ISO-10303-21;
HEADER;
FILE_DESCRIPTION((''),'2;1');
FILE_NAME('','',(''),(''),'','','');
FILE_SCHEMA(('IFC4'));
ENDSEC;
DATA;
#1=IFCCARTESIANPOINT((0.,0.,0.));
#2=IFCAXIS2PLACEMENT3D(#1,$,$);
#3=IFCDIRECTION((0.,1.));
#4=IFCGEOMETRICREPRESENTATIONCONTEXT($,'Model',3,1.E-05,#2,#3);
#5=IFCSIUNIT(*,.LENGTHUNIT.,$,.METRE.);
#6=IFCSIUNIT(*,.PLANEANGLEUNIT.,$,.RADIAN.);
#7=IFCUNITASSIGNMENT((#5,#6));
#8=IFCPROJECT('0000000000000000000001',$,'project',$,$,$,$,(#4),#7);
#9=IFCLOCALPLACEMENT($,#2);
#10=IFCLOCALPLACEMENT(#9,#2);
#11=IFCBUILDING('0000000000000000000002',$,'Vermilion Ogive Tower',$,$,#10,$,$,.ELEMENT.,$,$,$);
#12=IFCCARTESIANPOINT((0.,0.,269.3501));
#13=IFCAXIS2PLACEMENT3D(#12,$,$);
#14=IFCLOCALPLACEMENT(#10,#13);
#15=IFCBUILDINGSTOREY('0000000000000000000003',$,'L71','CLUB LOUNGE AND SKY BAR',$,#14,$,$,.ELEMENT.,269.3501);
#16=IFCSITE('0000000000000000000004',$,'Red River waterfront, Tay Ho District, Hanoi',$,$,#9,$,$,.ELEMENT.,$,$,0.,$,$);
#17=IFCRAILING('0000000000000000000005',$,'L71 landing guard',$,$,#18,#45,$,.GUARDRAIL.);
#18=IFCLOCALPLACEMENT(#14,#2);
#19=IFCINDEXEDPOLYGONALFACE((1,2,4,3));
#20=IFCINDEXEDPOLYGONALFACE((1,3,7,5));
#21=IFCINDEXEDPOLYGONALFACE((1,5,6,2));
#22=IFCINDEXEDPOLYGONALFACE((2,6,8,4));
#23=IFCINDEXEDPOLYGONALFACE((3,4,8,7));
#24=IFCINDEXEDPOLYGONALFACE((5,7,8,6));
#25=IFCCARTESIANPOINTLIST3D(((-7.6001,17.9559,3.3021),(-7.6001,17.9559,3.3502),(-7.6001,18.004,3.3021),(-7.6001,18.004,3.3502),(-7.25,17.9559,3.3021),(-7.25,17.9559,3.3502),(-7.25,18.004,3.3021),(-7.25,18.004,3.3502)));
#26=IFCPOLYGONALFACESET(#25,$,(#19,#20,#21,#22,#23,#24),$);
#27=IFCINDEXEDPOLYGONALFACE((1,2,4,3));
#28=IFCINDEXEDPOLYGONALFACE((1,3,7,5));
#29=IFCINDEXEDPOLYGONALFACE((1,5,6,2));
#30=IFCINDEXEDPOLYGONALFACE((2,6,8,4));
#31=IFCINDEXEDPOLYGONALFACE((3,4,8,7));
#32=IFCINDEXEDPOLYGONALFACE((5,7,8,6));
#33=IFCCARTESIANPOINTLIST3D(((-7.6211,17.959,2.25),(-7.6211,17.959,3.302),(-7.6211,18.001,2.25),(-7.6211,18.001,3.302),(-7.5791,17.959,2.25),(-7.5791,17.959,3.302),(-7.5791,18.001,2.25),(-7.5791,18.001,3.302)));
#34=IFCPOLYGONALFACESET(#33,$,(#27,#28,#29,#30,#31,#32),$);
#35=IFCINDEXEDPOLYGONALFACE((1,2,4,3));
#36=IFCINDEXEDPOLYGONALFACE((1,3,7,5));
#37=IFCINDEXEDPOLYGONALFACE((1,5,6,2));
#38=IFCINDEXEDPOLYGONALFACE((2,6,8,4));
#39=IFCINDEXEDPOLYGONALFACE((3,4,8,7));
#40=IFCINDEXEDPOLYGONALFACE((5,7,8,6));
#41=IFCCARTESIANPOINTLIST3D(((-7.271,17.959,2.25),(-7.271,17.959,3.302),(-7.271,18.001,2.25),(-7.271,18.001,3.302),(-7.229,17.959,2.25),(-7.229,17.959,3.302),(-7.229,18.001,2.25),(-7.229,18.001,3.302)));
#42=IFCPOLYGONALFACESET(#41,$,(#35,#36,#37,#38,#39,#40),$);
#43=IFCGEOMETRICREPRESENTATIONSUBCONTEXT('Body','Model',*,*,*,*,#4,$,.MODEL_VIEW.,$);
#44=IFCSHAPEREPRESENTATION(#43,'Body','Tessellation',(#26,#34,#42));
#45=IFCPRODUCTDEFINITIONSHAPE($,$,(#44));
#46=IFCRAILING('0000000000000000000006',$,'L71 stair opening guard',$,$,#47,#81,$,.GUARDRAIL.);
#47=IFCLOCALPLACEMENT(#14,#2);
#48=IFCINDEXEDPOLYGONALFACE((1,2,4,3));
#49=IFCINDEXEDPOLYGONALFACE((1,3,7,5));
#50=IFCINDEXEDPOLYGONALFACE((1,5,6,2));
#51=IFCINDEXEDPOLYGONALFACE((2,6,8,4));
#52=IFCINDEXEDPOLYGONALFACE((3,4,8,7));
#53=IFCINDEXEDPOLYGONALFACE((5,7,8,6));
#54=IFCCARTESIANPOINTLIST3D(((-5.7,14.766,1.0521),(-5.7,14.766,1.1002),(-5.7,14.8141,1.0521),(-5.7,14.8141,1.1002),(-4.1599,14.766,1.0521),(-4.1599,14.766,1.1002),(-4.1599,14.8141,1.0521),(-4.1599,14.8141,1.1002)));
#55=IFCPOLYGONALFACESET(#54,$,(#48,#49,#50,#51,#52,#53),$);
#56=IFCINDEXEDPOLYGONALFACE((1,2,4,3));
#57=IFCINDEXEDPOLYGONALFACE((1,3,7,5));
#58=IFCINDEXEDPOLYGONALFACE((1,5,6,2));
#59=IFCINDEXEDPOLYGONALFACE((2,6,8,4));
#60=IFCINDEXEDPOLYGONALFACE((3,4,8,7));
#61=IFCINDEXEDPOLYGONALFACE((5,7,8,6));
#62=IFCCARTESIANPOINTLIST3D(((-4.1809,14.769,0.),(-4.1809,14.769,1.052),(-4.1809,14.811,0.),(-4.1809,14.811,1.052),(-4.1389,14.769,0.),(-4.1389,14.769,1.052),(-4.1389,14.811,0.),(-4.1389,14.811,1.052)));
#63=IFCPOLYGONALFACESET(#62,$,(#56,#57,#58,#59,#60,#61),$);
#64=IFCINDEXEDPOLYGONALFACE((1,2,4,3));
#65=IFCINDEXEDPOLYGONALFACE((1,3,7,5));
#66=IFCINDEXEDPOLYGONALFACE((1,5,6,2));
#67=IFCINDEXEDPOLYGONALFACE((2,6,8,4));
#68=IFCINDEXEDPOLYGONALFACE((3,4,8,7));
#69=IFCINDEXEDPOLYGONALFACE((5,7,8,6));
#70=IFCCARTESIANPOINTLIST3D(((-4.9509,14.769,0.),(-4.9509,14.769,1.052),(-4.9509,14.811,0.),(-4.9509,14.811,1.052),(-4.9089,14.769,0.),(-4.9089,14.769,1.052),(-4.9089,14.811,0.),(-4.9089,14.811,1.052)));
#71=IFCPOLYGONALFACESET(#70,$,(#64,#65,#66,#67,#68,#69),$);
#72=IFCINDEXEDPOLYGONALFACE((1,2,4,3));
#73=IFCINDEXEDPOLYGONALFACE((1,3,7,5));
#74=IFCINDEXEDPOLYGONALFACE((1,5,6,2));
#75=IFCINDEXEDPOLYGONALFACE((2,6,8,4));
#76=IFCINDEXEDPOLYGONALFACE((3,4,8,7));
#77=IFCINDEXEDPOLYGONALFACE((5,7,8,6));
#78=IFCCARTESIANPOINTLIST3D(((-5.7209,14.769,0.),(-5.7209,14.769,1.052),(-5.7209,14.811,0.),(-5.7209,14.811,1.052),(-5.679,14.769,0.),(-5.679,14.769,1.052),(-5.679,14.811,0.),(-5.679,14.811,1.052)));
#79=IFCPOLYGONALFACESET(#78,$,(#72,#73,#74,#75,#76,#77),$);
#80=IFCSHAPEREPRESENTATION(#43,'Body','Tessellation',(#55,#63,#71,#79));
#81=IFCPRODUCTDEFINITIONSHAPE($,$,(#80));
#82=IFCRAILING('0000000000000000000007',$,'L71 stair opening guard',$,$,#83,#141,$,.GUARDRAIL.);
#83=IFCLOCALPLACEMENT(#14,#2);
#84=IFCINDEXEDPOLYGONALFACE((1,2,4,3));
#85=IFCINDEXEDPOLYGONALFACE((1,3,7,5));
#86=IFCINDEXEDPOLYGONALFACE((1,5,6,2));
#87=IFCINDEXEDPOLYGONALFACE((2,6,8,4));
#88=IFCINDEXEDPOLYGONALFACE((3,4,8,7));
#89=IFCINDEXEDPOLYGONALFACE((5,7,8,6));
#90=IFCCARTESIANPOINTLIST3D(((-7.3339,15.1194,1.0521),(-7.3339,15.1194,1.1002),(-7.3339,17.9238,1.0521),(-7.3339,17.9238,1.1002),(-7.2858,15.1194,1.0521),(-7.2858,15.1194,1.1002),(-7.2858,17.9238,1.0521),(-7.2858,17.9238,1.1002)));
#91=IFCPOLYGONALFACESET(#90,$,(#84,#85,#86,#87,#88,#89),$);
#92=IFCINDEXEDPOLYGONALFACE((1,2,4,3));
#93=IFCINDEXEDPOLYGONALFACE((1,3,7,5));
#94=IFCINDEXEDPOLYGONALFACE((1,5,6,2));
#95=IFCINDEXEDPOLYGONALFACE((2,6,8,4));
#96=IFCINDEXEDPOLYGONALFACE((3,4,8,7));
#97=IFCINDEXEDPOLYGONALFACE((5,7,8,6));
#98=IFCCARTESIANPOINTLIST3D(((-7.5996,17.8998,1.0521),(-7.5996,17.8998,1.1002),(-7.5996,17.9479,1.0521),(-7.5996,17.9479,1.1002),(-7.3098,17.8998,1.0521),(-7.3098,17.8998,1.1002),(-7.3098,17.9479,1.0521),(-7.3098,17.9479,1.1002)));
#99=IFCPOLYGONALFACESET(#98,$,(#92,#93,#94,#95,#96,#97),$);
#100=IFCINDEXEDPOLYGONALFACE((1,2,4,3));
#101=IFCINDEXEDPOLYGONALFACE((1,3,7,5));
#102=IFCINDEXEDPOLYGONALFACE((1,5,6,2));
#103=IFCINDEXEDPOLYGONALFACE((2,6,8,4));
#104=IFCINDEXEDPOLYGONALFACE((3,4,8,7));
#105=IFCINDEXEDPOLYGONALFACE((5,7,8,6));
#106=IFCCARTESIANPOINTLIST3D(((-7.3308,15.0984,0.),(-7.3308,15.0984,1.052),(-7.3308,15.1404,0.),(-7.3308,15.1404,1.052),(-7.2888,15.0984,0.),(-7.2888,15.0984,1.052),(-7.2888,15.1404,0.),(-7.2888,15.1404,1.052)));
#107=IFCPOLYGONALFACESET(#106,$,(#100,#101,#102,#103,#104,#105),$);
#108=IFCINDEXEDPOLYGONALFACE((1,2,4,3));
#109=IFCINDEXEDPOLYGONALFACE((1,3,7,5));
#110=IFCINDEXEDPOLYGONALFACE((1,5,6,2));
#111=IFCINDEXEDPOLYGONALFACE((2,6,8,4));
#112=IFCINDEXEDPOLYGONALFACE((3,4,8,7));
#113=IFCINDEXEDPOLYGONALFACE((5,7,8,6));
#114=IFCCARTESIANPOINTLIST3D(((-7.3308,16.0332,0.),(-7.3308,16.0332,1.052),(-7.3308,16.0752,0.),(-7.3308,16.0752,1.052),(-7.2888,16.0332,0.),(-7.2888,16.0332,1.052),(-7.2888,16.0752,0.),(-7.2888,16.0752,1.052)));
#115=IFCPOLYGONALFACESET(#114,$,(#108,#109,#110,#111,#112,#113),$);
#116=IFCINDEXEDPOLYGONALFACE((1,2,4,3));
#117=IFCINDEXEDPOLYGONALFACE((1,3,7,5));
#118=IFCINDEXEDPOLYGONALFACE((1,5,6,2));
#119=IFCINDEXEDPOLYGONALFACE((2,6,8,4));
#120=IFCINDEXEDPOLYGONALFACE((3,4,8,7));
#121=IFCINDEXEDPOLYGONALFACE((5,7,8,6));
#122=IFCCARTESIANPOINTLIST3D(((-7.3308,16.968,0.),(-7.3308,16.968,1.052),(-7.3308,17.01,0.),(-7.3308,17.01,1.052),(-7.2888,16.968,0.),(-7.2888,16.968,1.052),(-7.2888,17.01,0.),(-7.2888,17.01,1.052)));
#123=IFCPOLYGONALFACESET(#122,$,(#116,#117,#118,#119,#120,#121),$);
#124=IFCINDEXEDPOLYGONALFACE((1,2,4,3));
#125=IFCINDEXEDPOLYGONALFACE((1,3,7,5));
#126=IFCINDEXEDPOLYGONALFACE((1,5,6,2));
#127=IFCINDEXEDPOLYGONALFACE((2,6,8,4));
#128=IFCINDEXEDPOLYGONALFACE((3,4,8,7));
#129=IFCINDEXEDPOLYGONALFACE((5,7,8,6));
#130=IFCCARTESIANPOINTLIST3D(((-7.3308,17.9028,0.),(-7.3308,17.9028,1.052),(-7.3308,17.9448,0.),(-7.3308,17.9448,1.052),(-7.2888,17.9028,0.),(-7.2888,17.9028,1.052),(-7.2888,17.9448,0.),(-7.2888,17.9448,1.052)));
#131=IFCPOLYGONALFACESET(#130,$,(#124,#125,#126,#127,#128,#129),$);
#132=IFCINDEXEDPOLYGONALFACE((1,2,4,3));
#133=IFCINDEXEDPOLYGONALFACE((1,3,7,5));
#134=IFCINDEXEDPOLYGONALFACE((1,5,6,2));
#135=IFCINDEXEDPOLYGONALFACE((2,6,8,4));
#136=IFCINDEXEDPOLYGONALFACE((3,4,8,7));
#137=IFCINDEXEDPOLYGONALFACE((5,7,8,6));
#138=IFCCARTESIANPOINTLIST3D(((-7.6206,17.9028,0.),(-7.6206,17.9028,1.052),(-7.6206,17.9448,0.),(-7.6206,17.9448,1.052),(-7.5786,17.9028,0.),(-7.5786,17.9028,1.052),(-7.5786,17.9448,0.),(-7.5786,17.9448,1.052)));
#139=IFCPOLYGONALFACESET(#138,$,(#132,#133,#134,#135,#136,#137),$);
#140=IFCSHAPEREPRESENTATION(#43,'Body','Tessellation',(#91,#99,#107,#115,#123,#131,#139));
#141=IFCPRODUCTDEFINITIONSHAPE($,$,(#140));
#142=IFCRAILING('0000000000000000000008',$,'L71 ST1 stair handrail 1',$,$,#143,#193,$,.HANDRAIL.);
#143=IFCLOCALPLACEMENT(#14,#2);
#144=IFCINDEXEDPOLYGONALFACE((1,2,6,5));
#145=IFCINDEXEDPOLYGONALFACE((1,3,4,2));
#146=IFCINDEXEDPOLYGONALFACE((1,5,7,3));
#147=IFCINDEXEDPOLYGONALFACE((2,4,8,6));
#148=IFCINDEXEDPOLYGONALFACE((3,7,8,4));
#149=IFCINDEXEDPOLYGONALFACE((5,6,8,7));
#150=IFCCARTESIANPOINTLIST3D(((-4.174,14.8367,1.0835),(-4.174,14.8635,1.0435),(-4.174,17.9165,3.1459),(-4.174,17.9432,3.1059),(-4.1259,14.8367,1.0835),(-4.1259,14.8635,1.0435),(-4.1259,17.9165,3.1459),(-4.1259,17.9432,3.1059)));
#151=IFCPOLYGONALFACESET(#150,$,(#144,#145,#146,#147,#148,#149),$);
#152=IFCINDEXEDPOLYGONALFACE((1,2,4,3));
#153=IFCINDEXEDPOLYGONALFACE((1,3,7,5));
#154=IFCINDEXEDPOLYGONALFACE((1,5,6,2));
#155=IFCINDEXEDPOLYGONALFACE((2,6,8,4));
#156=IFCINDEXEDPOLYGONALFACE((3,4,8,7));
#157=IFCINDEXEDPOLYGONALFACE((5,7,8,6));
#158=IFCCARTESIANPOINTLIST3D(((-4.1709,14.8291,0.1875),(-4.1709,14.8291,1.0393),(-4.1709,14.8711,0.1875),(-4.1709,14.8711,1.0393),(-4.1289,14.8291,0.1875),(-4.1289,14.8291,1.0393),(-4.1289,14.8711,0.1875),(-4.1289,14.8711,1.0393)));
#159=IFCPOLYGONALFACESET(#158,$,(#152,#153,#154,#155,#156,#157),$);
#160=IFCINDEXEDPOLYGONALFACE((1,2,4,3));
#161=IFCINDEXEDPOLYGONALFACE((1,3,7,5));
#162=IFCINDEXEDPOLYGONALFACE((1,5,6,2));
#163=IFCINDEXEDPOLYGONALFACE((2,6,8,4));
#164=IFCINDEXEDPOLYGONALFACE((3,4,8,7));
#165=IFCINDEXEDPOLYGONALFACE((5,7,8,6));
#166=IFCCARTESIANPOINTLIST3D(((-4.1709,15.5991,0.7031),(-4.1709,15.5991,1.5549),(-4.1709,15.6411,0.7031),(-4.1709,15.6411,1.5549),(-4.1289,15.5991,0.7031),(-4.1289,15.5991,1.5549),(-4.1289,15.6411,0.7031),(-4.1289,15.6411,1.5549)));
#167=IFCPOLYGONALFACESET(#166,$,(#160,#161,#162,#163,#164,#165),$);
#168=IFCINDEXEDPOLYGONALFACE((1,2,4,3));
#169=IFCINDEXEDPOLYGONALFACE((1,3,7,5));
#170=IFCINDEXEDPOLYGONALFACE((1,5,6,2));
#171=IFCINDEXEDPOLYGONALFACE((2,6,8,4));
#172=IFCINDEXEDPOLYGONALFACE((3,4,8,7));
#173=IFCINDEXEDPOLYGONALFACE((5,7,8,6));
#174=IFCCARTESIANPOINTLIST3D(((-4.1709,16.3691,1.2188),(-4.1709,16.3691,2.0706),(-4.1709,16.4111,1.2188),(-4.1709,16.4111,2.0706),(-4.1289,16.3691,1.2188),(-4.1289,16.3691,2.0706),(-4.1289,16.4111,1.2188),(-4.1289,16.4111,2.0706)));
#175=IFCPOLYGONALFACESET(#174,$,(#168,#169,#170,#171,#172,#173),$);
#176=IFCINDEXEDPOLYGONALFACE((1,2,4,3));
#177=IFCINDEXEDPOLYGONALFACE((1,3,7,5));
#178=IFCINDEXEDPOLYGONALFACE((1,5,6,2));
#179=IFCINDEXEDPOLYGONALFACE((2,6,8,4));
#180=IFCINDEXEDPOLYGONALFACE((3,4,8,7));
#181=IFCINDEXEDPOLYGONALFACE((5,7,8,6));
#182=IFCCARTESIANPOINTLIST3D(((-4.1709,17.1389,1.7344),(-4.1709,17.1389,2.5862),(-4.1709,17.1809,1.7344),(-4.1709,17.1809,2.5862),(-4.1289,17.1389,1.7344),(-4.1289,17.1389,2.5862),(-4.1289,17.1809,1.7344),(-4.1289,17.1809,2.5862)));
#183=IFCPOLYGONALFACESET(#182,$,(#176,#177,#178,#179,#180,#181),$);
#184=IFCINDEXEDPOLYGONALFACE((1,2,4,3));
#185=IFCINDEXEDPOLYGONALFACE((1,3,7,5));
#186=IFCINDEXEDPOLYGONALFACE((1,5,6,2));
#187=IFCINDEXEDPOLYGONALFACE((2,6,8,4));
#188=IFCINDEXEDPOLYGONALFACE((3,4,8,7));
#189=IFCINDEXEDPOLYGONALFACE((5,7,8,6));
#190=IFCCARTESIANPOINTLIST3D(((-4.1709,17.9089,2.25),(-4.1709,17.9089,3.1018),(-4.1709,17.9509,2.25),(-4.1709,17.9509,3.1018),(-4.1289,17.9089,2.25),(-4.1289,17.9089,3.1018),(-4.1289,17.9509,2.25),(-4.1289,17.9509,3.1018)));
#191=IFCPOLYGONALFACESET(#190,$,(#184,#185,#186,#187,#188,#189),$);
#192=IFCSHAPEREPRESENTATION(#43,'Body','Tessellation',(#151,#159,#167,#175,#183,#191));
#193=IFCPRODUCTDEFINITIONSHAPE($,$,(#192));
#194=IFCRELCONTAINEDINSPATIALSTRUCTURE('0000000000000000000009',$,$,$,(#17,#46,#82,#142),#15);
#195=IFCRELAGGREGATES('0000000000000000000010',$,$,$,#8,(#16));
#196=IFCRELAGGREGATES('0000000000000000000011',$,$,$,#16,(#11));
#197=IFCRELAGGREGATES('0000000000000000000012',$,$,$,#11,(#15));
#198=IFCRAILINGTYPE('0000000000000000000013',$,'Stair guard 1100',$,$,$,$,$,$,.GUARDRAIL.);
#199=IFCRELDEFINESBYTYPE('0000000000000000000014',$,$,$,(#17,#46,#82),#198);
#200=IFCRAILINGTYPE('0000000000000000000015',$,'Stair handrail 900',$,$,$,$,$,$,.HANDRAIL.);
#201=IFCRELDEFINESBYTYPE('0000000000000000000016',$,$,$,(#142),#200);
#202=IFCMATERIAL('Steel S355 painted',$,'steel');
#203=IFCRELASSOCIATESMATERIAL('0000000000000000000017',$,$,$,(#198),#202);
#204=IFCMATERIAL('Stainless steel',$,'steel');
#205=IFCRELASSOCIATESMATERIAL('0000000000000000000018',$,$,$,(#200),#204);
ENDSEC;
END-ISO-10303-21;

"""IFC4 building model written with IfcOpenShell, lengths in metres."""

from ifc_helpers import new_model, si_unit, direction, frame, origin, origin_2d, place, context, subcontext, project, spatial, rectangle, extrude, material, type_object, element, save


model = new_model("IFC4")

# Units and contexts
model_context = context("Model", 3, precision=1e-05, world=origin(), true_north=direction((0.0, 1.0)))
body_context = subcontext(model_context, "Body", "Model", "MODEL_VIEW")
ifc_project = project(units=[si_unit("LENGTHUNIT", "METRE"), si_unit("PLANEANGLEUNIT", "RADIAN")], contexts=[model_context])

# Site, building, storey
site_placement = place(None, origin())
site = spatial("IfcSite", under=ifc_project, at=site_placement, Name="Red River waterfront, Tay Ho District, Hanoi", CompositionType="ELEMENT", RefElevation=0.0)
building_placement = place(site_placement, origin())
building = spatial("IfcBuilding", under=site, at=building_placement, Name="Vermilion Ogive Tower", CompositionType="ELEMENT")
storey_placement = place(building_placement, frame((0.0, 0.0, 269.3501)))
storey = spatial("IfcBuildingStorey", under=building, at=storey_placement, Name="L71", Description="CLUB LOUNGE AND SKY BAR", CompositionType="ELEMENT", Elevation=269.3501)

# Railings
ifc_material_1 = material(Name="Steel S355 painted", Category="steel")
railing_type_1 = type_object("IfcRailingType", Name="Stair guard 1100", PredefinedType="GUARDRAIL", material=ifc_material_1)
railing_1_placement = place(storey_placement, frame((-7.6001, 17.98, 2.25)))
element("IfcRailing", 1, at=railing_1_placement, inside=storey, type_object=railing_type_1, Name="L71 landing guard", PredefinedType="GUARDRAIL", context=body_context, shape_type="SweptSolid", body=[
    extrude(rectangle(XDim=0.0481, YDim=0.0481, at=origin_2d()), frame((0.0, 0.0, 1.0762), z_axis=(1.0, 0.0, 0.0), x_axis=(0.0, 1.0, 0.0)), (0.0, 0.0, 1.0), 0.3501),
    extrude(rectangle(XDim=0.042, YDim=0.042, at=origin_2d()), origin(), (0.0, 0.0, 1.0), 1.052),
    extrude(rectangle(XDim=0.042, YDim=0.042, at=origin_2d()), frame((0.3501, 0.0, 0.0)), (0.0, 0.0, 1.0), 1.052),
])
railing_2_placement = place(storey_placement, frame((-4.1599, 14.79, 0.0)))
element("IfcRailing", 2, at=railing_2_placement, inside=storey, type_object=railing_type_1, Name="L71 stair opening guard", PredefinedType="GUARDRAIL", context=body_context, shape_type="SweptSolid", body=[
    extrude(rectangle(XDim=0.0481, YDim=0.0481, at=origin_2d()), frame((0.0, 0.0, 1.0762), z_axis=(-1.0, 0.0, 0.0), x_axis=(0.0, -1.0, 0.0)), (0.0, 0.0, 1.0), 1.54),
    extrude(rectangle(XDim=0.042, YDim=0.042, at=origin_2d()), origin(), (0.0, 0.0, 1.0), 1.052),
    extrude(rectangle(XDim=0.042, YDim=0.042, at=origin_2d()), frame((-0.77, 0.0, 0.0)), (0.0, 0.0, 1.0), 1.052),
    extrude(rectangle(XDim=0.042, YDim=0.042, at=origin_2d()), frame((-1.54, 0.0, 0.0)), (0.0, 0.0, 1.0), 1.052),
])
railing_3_placement = place(storey_placement, frame((-7.3098, 15.1194, 0.0)))
element("IfcRailing", 3, at=railing_3_placement, inside=storey, type_object=railing_type_1, Name="L71 stair opening guard", PredefinedType="GUARDRAIL", context=body_context, shape_type="SweptSolid", body=[
    extrude(rectangle(XDim=0.0481, YDim=0.0481, at=origin_2d()), frame((0.0, 0.0, 1.0762), z_axis=(0.0, 1.0, 0.0), x_axis=(-1.0, 0.0, 0.0)), (0.0, 0.0, 1.0), 2.8044),
    extrude(rectangle(XDim=0.0481, YDim=0.0481, at=origin_2d()), frame((0.0, 2.8044, 1.0762), z_axis=(-1.0, 0.0, 0.0), x_axis=(0.0, -1.0, 0.0)), (0.0, 0.0, 1.0), 0.2898),
    extrude(rectangle(XDim=0.042, YDim=0.042, at=origin_2d()), origin(), (0.0, 0.0, 1.0), 1.052),
    extrude(rectangle(XDim=0.042, YDim=0.042, at=origin_2d()), frame((0.0, 0.9348, 0.0)), (0.0, 0.0, 1.0), 1.052),
    extrude(rectangle(XDim=0.042, YDim=0.042, at=origin_2d()), frame((0.0, 1.8696, 0.0)), (0.0, 0.0, 1.0), 1.052),
    extrude(rectangle(XDim=0.042, YDim=0.042, at=origin_2d()), frame((0.0, 2.8044, 0.0)), (0.0, 0.0, 1.0), 1.052),
    extrude(rectangle(XDim=0.042, YDim=0.042, at=origin_2d()), frame((-0.2898, 2.8044, 0.0)), (0.0, 0.0, 1.0), 1.052),
])
ifc_material_2 = material(Name="Stainless steel", Category="steel")
railing_type_2 = type_object("IfcRailingType", Name="Stair handrail 900", PredefinedType="HANDRAIL", material=ifc_material_2)
railing_4_placement = place(storey_placement, frame((-4.1499, 14.8501, 0.1875)))
element("IfcRailing", 4, at=railing_4_placement, inside=storey, type_object=railing_type_2, Name="L71 ST1 stair handrail 1", PredefinedType="HANDRAIL", context=body_context, shape_type="SweptSolid", body=[
    extrude(rectangle(XDim=0.0481, YDim=0.0481, at=origin_2d()), frame((0.0, 0.0, 0.876), z_axis=(0.0, 0.830893, 0.556432), x_axis=(-1.0, 0.0, 0.0)), (0.0, 0.0, 1.0), 3.7065),
    extrude(rectangle(XDim=0.042, YDim=0.042, at=origin_2d()), origin(), (0.0, 0.0, 1.0), 0.8518),
    extrude(rectangle(XDim=0.042, YDim=0.042, at=origin_2d()), frame((0.0, 0.77, 0.5156)), (0.0, 0.0, 1.0), 0.8518),
    extrude(rectangle(XDim=0.042, YDim=0.042, at=origin_2d()), frame((0.0, 1.54, 1.0312)), (0.0, 0.0, 1.0), 0.8518),
    extrude(rectangle(XDim=0.042, YDim=0.042, at=origin_2d()), frame((0.0, 2.3098, 1.5469)), (0.0, 0.0, 1.0), 0.8518),
    extrude(rectangle(XDim=0.042, YDim=0.042, at=origin_2d()), frame((0.0, 3.0798, 2.0625)), (0.0, 0.0, 1.0), 0.8518),
])

save(model, "model.ifc")
